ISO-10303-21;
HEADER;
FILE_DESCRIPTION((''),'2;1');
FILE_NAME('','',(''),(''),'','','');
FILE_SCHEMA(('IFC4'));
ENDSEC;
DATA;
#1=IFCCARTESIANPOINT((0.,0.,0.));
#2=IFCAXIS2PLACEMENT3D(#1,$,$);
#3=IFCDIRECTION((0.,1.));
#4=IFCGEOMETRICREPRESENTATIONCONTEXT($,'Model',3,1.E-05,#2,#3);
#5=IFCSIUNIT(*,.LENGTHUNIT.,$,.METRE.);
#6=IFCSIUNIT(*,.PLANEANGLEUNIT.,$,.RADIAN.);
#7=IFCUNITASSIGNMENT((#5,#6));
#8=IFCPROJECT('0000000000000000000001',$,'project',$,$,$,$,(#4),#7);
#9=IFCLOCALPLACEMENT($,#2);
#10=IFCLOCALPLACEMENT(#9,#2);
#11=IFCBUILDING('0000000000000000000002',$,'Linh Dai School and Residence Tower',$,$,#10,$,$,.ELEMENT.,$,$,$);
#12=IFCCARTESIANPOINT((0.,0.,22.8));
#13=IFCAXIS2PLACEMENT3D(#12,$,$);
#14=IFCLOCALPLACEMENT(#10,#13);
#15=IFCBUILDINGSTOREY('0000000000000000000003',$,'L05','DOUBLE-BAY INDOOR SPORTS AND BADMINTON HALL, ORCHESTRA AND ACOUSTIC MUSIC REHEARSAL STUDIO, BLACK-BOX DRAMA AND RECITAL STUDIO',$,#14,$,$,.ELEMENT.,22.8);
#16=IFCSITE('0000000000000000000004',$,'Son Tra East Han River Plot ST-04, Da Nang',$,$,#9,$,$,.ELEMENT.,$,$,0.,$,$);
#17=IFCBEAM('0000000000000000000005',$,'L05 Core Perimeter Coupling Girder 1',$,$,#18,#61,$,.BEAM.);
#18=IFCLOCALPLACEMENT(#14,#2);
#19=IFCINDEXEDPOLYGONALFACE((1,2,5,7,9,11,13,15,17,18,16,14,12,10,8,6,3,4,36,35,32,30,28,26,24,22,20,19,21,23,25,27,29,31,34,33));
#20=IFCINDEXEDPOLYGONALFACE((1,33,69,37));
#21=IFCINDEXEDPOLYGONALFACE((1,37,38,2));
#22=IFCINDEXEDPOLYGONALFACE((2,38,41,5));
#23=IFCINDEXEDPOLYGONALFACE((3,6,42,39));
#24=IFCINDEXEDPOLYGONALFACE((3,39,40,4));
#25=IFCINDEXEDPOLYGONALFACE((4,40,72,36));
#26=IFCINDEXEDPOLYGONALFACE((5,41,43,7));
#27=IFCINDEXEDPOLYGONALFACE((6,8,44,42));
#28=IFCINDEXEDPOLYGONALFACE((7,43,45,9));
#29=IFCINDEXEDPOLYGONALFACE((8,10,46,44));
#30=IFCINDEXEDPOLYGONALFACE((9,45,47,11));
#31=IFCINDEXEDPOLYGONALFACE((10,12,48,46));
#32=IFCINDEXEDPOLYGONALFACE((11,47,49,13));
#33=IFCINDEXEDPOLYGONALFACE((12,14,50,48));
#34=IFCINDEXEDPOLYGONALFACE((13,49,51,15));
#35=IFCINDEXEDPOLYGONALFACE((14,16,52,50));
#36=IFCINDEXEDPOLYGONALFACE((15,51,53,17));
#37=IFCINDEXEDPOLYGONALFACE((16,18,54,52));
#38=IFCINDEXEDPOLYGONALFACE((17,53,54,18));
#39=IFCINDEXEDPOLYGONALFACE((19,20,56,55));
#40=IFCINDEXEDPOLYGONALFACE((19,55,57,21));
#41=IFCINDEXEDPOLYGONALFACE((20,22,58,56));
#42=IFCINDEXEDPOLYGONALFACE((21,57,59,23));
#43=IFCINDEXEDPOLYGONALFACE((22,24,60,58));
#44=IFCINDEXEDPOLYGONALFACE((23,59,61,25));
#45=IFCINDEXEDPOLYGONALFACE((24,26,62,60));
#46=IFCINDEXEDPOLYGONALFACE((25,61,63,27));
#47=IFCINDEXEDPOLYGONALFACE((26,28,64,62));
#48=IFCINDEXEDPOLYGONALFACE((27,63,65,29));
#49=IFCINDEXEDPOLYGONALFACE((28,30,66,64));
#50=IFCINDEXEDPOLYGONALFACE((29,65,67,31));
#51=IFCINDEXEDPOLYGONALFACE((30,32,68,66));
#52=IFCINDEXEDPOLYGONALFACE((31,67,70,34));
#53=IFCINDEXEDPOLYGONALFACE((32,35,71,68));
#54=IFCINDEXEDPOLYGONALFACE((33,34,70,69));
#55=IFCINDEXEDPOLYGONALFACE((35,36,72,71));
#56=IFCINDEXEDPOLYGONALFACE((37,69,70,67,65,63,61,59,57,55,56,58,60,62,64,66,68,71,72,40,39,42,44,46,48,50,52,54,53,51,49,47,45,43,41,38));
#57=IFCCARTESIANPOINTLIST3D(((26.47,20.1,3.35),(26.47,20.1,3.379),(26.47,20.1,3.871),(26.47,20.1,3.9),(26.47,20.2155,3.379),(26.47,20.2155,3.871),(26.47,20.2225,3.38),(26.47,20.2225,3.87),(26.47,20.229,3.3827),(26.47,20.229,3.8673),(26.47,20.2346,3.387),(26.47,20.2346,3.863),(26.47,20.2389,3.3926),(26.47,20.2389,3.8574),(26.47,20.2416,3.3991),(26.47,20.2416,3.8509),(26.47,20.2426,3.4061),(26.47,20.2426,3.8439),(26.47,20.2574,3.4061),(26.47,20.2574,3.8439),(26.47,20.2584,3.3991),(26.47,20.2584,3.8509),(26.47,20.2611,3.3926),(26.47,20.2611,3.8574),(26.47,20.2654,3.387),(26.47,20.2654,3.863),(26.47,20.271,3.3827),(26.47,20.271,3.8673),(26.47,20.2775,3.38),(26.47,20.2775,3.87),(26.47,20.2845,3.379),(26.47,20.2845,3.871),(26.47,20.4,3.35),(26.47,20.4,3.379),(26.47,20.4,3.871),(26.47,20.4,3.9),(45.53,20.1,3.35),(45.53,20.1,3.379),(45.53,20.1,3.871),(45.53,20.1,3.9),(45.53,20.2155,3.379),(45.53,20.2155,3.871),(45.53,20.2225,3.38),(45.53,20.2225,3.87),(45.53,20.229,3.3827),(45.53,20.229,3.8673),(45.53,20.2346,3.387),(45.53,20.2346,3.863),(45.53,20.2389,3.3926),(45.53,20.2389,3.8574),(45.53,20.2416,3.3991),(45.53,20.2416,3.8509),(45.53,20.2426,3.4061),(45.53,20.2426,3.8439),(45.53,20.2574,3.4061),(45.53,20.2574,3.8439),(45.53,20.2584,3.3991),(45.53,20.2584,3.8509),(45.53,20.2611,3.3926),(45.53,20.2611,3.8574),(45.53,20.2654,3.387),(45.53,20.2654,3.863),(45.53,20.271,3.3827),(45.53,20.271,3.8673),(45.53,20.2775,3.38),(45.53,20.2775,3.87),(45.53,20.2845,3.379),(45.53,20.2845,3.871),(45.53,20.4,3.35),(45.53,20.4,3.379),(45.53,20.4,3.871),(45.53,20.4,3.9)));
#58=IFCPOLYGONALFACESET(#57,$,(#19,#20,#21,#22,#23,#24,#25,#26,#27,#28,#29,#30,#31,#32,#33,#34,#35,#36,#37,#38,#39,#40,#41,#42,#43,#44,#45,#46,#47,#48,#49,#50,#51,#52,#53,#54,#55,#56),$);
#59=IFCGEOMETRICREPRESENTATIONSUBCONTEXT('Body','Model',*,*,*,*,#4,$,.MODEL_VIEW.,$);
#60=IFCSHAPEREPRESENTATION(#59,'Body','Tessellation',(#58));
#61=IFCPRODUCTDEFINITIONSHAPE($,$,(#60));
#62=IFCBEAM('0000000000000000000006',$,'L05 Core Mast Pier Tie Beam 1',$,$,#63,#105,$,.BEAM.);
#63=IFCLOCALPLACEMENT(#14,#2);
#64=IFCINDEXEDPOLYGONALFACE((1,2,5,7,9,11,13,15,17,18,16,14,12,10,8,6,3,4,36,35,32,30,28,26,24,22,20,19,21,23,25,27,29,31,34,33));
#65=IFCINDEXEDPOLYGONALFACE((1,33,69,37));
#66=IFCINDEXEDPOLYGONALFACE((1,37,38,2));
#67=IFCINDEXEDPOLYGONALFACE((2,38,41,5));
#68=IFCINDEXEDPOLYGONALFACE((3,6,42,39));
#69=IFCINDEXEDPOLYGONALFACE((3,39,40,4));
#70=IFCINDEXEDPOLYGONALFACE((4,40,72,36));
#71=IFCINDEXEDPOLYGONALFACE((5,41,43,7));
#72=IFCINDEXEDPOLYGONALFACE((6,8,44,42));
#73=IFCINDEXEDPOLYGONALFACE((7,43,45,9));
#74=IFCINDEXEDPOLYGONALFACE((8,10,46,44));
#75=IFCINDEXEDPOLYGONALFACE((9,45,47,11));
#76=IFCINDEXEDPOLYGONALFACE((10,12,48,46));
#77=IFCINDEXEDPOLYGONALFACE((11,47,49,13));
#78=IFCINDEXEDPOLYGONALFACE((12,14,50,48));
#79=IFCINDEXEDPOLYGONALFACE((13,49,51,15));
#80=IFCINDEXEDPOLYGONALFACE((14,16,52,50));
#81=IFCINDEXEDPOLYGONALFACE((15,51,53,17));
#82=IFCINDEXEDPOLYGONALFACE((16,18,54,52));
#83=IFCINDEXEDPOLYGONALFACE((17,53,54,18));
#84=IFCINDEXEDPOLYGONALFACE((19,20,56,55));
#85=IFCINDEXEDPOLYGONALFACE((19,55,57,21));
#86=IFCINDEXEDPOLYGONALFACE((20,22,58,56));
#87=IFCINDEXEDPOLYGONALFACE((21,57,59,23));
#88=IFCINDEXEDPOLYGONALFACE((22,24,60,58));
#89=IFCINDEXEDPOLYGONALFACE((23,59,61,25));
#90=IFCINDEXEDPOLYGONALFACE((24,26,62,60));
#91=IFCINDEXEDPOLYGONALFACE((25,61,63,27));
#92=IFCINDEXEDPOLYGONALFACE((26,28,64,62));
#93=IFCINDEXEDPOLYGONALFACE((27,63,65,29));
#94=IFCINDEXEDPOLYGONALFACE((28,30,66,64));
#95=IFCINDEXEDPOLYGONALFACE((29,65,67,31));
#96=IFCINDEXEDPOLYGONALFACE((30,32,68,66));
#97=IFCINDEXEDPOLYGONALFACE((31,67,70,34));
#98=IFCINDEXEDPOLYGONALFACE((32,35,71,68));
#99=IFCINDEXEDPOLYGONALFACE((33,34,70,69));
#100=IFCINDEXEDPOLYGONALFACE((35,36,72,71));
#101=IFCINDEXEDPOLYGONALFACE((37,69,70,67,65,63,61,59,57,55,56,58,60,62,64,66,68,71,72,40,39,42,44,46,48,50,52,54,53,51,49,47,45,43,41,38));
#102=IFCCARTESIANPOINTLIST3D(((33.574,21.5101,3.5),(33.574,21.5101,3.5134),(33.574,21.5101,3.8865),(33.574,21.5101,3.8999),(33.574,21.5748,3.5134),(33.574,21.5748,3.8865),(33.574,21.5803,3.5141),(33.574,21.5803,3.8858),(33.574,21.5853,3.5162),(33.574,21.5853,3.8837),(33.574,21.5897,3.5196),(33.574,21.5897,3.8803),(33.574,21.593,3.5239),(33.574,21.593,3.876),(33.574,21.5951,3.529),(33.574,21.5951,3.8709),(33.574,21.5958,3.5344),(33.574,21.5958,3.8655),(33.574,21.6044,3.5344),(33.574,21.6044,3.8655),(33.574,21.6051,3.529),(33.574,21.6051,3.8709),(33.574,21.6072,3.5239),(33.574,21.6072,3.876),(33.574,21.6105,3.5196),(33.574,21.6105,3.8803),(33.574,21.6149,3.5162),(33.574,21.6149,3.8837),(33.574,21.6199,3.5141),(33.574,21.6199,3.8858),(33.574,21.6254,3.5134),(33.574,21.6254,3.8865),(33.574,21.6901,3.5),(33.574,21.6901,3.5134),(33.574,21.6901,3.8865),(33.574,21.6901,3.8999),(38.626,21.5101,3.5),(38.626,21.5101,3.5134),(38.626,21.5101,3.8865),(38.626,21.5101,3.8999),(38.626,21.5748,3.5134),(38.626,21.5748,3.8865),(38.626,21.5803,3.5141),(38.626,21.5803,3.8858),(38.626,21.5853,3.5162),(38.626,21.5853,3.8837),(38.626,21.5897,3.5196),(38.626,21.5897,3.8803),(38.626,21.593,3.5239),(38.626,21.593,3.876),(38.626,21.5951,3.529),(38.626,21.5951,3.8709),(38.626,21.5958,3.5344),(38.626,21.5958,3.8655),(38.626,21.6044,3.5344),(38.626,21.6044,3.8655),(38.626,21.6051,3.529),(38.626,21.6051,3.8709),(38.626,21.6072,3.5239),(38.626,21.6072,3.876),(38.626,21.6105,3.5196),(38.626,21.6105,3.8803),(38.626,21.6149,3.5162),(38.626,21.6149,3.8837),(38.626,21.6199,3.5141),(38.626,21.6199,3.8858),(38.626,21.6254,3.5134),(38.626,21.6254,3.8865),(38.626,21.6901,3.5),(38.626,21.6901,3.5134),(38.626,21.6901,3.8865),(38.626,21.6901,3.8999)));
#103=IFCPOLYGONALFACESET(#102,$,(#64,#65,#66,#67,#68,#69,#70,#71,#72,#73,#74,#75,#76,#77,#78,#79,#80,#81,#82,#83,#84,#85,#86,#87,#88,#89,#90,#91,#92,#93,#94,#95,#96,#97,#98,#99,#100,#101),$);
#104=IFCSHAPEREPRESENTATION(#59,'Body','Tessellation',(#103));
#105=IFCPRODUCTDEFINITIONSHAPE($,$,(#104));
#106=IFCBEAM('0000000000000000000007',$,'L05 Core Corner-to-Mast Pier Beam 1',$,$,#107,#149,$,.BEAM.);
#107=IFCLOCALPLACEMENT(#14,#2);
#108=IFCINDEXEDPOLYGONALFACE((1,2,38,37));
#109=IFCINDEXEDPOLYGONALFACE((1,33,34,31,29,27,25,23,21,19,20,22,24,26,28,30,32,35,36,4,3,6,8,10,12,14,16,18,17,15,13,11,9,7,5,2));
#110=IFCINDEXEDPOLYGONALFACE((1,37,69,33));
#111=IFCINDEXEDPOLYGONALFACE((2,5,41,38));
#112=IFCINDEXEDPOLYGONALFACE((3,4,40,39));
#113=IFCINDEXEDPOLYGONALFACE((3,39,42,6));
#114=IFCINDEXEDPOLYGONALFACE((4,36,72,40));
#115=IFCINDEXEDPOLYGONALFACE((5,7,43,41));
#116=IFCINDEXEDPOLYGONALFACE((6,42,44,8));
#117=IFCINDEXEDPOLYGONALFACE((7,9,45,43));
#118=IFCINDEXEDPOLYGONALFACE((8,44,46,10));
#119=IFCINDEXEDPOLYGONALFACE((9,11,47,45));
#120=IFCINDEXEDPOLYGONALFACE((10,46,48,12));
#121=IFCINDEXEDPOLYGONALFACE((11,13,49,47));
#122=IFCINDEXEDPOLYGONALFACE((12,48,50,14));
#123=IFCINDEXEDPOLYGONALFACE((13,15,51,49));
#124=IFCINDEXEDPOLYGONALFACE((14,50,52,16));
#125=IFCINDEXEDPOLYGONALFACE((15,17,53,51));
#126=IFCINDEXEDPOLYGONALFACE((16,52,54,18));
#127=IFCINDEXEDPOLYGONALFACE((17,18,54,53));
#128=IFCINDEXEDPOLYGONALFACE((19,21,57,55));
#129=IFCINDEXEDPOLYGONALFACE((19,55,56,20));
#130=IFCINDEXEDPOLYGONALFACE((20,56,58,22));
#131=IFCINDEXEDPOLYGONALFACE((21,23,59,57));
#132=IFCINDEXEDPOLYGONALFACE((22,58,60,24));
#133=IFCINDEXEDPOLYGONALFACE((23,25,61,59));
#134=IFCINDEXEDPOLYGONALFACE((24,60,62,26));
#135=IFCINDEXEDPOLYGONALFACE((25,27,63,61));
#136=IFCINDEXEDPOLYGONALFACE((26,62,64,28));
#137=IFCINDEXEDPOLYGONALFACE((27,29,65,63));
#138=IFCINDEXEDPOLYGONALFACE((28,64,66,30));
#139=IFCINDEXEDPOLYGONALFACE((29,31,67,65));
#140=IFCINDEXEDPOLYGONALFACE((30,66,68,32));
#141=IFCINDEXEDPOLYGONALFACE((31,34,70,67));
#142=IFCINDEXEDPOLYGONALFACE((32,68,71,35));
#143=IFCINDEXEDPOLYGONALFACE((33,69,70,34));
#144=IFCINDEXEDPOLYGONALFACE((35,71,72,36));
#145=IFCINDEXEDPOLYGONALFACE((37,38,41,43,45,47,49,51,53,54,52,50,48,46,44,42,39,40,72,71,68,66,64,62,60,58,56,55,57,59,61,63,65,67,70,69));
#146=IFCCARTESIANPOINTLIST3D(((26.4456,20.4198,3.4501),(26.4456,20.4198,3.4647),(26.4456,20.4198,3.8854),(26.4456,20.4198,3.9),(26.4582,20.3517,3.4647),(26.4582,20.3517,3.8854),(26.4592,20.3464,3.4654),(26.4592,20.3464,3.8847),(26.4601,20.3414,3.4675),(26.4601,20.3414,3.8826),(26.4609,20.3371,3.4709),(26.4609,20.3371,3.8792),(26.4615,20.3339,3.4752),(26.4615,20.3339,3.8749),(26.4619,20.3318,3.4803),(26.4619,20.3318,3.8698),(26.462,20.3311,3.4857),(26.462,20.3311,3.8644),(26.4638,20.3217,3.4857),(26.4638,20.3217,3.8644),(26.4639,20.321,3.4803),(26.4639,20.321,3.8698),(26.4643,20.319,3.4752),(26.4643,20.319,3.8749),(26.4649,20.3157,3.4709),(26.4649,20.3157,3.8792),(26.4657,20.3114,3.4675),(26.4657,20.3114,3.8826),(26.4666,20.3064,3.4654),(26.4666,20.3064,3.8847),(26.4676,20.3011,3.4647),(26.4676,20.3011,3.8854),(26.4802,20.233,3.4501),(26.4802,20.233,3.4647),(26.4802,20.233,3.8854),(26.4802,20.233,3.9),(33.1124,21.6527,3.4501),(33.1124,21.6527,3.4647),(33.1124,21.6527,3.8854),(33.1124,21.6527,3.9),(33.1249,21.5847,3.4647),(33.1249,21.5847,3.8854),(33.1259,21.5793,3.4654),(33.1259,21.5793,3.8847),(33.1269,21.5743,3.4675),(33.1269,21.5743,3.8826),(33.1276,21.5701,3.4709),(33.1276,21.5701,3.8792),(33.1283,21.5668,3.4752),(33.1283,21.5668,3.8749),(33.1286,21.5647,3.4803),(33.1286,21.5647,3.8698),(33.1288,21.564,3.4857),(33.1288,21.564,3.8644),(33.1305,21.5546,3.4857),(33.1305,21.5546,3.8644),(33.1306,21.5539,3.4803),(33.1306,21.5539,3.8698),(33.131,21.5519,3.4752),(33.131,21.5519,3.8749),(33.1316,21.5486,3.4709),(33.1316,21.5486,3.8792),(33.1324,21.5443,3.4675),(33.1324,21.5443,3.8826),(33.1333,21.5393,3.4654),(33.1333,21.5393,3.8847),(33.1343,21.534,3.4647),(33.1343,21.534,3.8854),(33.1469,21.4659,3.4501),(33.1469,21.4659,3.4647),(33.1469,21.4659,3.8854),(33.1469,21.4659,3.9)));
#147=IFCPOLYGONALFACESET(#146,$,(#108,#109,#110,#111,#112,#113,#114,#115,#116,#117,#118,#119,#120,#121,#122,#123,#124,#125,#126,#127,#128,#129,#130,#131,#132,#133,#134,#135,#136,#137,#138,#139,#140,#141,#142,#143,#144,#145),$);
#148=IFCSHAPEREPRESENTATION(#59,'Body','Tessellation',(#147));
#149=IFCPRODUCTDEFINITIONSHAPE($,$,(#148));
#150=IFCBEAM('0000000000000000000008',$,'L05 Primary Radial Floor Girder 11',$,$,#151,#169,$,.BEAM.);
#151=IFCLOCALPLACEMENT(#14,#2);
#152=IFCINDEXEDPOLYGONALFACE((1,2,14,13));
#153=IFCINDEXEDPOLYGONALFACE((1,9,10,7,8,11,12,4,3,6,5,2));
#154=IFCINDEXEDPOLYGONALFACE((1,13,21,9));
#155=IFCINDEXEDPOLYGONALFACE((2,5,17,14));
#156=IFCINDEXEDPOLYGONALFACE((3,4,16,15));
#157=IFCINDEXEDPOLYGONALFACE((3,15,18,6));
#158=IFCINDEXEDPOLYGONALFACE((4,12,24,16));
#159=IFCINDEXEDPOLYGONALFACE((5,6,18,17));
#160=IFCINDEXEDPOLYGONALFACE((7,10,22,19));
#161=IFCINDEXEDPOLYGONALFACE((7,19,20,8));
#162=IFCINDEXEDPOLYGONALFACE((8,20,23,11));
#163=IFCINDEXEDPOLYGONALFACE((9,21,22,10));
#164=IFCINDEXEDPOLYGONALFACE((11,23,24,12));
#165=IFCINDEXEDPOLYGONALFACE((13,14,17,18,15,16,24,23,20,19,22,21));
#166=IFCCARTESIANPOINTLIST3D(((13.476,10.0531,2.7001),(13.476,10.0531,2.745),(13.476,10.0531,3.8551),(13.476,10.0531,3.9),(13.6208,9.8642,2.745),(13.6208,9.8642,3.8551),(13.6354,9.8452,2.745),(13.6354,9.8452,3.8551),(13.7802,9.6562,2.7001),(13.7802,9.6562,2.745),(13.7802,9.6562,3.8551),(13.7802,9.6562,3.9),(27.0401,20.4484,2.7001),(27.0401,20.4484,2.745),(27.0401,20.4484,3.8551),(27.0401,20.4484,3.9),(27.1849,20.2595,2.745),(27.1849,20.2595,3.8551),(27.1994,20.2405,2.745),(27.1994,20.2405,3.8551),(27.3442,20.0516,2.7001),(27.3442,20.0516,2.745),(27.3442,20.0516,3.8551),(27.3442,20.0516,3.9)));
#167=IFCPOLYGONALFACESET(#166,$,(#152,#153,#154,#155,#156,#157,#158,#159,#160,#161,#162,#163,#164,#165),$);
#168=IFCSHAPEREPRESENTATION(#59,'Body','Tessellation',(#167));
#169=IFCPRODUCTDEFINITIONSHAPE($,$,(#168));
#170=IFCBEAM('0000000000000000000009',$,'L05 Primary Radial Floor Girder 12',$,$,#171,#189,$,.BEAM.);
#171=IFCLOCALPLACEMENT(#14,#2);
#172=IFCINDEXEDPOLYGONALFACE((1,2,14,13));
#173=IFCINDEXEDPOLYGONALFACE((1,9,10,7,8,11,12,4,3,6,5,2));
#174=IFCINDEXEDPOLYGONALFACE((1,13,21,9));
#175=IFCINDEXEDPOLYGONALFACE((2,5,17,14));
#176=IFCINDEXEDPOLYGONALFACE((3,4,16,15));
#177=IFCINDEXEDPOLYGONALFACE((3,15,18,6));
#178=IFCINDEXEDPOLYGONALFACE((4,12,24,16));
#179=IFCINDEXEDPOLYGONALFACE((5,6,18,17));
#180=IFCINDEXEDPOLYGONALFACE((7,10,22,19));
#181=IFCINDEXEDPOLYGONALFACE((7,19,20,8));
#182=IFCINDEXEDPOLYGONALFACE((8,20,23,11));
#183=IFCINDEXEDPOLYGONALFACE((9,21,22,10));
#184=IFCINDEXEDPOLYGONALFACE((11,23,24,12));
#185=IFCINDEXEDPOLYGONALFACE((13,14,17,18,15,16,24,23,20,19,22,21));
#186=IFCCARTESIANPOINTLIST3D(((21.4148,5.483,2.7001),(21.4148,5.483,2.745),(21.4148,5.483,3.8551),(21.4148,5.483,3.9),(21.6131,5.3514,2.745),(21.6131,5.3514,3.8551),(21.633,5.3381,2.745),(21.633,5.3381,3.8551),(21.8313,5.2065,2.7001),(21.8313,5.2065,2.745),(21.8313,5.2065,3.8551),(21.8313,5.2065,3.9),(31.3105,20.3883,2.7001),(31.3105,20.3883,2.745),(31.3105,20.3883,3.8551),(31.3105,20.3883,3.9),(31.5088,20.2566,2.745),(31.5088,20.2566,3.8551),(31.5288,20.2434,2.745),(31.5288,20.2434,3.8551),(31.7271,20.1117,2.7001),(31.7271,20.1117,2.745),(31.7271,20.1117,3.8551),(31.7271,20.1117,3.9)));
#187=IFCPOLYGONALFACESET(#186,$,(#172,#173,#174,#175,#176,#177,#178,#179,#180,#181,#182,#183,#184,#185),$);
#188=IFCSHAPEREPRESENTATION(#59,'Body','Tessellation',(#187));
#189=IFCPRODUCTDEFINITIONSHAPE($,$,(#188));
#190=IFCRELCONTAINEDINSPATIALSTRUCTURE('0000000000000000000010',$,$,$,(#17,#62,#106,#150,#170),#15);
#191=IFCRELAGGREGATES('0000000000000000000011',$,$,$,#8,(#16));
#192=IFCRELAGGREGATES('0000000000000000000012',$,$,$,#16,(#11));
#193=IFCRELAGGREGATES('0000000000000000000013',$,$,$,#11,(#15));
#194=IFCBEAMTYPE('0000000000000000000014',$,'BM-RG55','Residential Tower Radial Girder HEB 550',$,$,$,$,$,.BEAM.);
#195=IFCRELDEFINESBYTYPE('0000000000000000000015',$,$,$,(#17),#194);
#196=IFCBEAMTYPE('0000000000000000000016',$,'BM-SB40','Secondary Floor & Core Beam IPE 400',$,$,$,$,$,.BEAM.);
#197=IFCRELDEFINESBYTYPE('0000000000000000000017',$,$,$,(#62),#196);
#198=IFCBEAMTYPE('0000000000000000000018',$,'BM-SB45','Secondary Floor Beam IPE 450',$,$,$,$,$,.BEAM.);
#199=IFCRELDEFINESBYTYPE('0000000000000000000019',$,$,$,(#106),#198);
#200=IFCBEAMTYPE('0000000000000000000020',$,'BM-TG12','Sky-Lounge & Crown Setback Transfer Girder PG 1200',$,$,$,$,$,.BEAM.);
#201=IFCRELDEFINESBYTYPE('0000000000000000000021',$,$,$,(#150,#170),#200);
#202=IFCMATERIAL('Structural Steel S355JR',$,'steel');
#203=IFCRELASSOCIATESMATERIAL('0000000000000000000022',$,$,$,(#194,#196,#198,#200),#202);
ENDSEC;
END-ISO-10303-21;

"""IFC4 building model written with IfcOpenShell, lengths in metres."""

from ifc_helpers import new_model, si_unit, direction, frame, origin, origin_2d, place, context, subcontext, project, spatial, i_section, extrude, material, material_profile, profile_set, type_object, element, save


model = new_model("IFC4")

# Units and contexts
model_context = context("Model", 3, precision=1e-05, world=origin(), true_north=direction((0.0, 1.0)))
body_context = subcontext(model_context, "Body", "Model", "MODEL_VIEW")
ifc_project = project(units=[si_unit("LENGTHUNIT", "METRE"), si_unit("PLANEANGLEUNIT", "RADIAN")], contexts=[model_context])

# Site, building, storey
site_placement = place(None, origin())
site = spatial("IfcSite", under=ifc_project, at=site_placement, Name="Son Tra East Han River Plot ST-04, Da Nang", CompositionType="ELEMENT", RefElevation=0.0)
building_placement = place(site_placement, origin())
building = spatial("IfcBuilding", under=site, at=building_placement, Name="Linh Dai School and Residence Tower", CompositionType="ELEMENT")
storey_placement = place(building_placement, frame((0.0, 0.0, 22.8)))
storey = spatial("IfcBuildingStorey", under=building, at=storey_placement, Name="L05", Description="DOUBLE-BAY INDOOR SPORTS AND BADMINTON HALL, ORCHESTRA AND ACOUSTIC MUSIC REHEARSAL STUDIO, BLACK-BOX DRAMA AND RECITAL STUDIO", CompositionType="ELEMENT", Elevation=22.8)

# Shared definitions
ifc_material_1 = material(Name="Structural Steel S355JR", Category="steel")

# Beams
ifc_material_profile_1 = material_profile(ifc_material_1, i_section(OverallWidth=0.3, OverallDepth=0.55, WebThickness=0.0149, FlangeThickness=0.0291, FilletRadius=0.0271, at=origin_2d()), Name="HEB 550")
ifc_profile_set_1 = profile_set([ifc_material_profile_1], Name="Structural Steel S355JR")
beam_type_1 = type_object("IfcBeamType", Name="BM-RG55", Description="Residential Tower Radial Girder HEB 550", PredefinedType="BEAM", material=ifc_profile_set_1)
beam_1_placement = place(storey_placement, frame((26.47, 20.25, 3.625), z_axis=(1.0, 0.0, 0.0), x_axis=(0.0, 1.0, 0.0)))
element("IfcBeam", 1, at=beam_1_placement, inside=storey, type_object=beam_type_1, Name="L05 Core Perimeter Coupling Girder 1", PredefinedType="BEAM", context=body_context, shape_type="SweptSolid", body=[
    extrude(i_section(OverallWidth=0.3, OverallDepth=0.55, WebThickness=0.0149, FlangeThickness=0.0291, FilletRadius=0.0271, at=origin_2d()), origin(), (0.0, 0.0, 1.0), 19.0601),
])
ifc_material_profile_2 = material_profile(ifc_material_1, i_section(OverallWidth=0.1799, OverallDepth=0.3999, WebThickness=0.0085, FlangeThickness=0.0134, FilletRadius=0.021, at=origin_2d()), Name="IPE 400")
ifc_profile_set_2 = profile_set([ifc_material_profile_2], Name="Structural Steel S355JR")
beam_type_2 = type_object("IfcBeamType", Name="BM-SB40", Description="Secondary Floor & Core Beam IPE 400", PredefinedType="BEAM", material=ifc_profile_set_2)
beam_2_placement = place(storey_placement, frame((33.574, 21.6001, 3.7), z_axis=(1.0, 0.0, 0.0), x_axis=(0.0, 1.0, 0.0)))
element("IfcBeam", 2, at=beam_2_placement, inside=storey, type_object=beam_type_2, Name="L05 Core Mast Pier Tie Beam 1", PredefinedType="BEAM", context=body_context, shape_type="SweptSolid", body=[
    extrude(i_section(OverallWidth=0.1799, OverallDepth=0.3999, WebThickness=0.0085, FlangeThickness=0.0134, FilletRadius=0.021, at=origin_2d()), origin(), (0.0, 0.0, 1.0), 5.052),
])
ifc_material_profile_3 = material_profile(ifc_material_1, i_section(OverallWidth=0.1899, OverallDepth=0.45, WebThickness=0.0095, FlangeThickness=0.0146, FilletRadius=0.021, at=origin_2d()), Name="IPE 450")
ifc_profile_set_3 = profile_set([ifc_material_profile_3], Name="Structural Steel S355JR")
beam_type_3 = type_object("IfcBeamType", Name="BM-SB45", Description="Secondary Floor Beam IPE 450", PredefinedType="BEAM", material=ifc_profile_set_3)
beam_3_placement = place(storey_placement, frame((26.4629, 20.3264, 3.675), z_axis=(0.983326, 0.181851, 0.0), x_axis=(-0.181851, 0.983326, 0.0)))
element("IfcBeam", 3, at=beam_3_placement, inside=storey, type_object=beam_type_3, Name="L05 Core Corner-to-Mast Pier Beam 1", PredefinedType="BEAM", context=body_context, shape_type="SweptSolid", body=[
    extrude(i_section(OverallWidth=0.1899, OverallDepth=0.45, WebThickness=0.0095, FlangeThickness=0.0146, FilletRadius=0.021, at=origin_2d()), origin(), (0.0, 0.0, 1.0), 6.7798),
])
ifc_material_profile_4 = material_profile(ifc_material_1, i_section(OverallWidth=0.5, OverallDepth=1.2, WebThickness=0.0239, FlangeThickness=0.0449, at=origin_2d()), Name="PG 1200x500x24x45")
ifc_profile_set_4 = profile_set([ifc_material_profile_4], Name="Structural Steel S355JR")
beam_type_4 = type_object("IfcBeamType", Name="BM-TG12", Description="Sky-Lounge & Crown Setback Transfer Girder PG 1200", PredefinedType="BEAM", material=ifc_profile_set_4)
beam_4_placement = place(storey_placement, frame((27.1921, 20.25, 3.3), z_axis=(-0.793713, -0.608292, 0.0), x_axis=(0.608292, -0.793713, 0.0)))
element("IfcBeam", 4, at=beam_4_placement, inside=storey, type_object=beam_type_4, Name="L05 Primary Radial Floor Girder 11", PredefinedType="BEAM", context=body_context, shape_type="SweptSolid", body=[
    extrude(i_section(OverallWidth=0.5, OverallDepth=1.2, WebThickness=0.0239, FlangeThickness=0.0449, at=origin_2d()), origin(), (0.0, 0.0, 1.0), 17.0894),
])
beam_5_placement = place(storey_placement, frame((31.5188, 20.25, 3.3), z_axis=(-0.553109, -0.833109, 0.0), x_axis=(0.833109, -0.553109, 0.0)))
element("IfcBeam", 5, at=beam_5_placement, inside=storey, type_object=beam_type_4, Name="L05 Primary Radial Floor Girder 12", PredefinedType="BEAM", context=body_context, shape_type="SweptSolid", body=[
    extrude(i_section(OverallWidth=0.5, OverallDepth=1.2, WebThickness=0.0239, FlangeThickness=0.0449, at=origin_2d()), origin(), (0.0, 0.0, 1.0), 17.8911),
])

save(model, "model.ifc")
